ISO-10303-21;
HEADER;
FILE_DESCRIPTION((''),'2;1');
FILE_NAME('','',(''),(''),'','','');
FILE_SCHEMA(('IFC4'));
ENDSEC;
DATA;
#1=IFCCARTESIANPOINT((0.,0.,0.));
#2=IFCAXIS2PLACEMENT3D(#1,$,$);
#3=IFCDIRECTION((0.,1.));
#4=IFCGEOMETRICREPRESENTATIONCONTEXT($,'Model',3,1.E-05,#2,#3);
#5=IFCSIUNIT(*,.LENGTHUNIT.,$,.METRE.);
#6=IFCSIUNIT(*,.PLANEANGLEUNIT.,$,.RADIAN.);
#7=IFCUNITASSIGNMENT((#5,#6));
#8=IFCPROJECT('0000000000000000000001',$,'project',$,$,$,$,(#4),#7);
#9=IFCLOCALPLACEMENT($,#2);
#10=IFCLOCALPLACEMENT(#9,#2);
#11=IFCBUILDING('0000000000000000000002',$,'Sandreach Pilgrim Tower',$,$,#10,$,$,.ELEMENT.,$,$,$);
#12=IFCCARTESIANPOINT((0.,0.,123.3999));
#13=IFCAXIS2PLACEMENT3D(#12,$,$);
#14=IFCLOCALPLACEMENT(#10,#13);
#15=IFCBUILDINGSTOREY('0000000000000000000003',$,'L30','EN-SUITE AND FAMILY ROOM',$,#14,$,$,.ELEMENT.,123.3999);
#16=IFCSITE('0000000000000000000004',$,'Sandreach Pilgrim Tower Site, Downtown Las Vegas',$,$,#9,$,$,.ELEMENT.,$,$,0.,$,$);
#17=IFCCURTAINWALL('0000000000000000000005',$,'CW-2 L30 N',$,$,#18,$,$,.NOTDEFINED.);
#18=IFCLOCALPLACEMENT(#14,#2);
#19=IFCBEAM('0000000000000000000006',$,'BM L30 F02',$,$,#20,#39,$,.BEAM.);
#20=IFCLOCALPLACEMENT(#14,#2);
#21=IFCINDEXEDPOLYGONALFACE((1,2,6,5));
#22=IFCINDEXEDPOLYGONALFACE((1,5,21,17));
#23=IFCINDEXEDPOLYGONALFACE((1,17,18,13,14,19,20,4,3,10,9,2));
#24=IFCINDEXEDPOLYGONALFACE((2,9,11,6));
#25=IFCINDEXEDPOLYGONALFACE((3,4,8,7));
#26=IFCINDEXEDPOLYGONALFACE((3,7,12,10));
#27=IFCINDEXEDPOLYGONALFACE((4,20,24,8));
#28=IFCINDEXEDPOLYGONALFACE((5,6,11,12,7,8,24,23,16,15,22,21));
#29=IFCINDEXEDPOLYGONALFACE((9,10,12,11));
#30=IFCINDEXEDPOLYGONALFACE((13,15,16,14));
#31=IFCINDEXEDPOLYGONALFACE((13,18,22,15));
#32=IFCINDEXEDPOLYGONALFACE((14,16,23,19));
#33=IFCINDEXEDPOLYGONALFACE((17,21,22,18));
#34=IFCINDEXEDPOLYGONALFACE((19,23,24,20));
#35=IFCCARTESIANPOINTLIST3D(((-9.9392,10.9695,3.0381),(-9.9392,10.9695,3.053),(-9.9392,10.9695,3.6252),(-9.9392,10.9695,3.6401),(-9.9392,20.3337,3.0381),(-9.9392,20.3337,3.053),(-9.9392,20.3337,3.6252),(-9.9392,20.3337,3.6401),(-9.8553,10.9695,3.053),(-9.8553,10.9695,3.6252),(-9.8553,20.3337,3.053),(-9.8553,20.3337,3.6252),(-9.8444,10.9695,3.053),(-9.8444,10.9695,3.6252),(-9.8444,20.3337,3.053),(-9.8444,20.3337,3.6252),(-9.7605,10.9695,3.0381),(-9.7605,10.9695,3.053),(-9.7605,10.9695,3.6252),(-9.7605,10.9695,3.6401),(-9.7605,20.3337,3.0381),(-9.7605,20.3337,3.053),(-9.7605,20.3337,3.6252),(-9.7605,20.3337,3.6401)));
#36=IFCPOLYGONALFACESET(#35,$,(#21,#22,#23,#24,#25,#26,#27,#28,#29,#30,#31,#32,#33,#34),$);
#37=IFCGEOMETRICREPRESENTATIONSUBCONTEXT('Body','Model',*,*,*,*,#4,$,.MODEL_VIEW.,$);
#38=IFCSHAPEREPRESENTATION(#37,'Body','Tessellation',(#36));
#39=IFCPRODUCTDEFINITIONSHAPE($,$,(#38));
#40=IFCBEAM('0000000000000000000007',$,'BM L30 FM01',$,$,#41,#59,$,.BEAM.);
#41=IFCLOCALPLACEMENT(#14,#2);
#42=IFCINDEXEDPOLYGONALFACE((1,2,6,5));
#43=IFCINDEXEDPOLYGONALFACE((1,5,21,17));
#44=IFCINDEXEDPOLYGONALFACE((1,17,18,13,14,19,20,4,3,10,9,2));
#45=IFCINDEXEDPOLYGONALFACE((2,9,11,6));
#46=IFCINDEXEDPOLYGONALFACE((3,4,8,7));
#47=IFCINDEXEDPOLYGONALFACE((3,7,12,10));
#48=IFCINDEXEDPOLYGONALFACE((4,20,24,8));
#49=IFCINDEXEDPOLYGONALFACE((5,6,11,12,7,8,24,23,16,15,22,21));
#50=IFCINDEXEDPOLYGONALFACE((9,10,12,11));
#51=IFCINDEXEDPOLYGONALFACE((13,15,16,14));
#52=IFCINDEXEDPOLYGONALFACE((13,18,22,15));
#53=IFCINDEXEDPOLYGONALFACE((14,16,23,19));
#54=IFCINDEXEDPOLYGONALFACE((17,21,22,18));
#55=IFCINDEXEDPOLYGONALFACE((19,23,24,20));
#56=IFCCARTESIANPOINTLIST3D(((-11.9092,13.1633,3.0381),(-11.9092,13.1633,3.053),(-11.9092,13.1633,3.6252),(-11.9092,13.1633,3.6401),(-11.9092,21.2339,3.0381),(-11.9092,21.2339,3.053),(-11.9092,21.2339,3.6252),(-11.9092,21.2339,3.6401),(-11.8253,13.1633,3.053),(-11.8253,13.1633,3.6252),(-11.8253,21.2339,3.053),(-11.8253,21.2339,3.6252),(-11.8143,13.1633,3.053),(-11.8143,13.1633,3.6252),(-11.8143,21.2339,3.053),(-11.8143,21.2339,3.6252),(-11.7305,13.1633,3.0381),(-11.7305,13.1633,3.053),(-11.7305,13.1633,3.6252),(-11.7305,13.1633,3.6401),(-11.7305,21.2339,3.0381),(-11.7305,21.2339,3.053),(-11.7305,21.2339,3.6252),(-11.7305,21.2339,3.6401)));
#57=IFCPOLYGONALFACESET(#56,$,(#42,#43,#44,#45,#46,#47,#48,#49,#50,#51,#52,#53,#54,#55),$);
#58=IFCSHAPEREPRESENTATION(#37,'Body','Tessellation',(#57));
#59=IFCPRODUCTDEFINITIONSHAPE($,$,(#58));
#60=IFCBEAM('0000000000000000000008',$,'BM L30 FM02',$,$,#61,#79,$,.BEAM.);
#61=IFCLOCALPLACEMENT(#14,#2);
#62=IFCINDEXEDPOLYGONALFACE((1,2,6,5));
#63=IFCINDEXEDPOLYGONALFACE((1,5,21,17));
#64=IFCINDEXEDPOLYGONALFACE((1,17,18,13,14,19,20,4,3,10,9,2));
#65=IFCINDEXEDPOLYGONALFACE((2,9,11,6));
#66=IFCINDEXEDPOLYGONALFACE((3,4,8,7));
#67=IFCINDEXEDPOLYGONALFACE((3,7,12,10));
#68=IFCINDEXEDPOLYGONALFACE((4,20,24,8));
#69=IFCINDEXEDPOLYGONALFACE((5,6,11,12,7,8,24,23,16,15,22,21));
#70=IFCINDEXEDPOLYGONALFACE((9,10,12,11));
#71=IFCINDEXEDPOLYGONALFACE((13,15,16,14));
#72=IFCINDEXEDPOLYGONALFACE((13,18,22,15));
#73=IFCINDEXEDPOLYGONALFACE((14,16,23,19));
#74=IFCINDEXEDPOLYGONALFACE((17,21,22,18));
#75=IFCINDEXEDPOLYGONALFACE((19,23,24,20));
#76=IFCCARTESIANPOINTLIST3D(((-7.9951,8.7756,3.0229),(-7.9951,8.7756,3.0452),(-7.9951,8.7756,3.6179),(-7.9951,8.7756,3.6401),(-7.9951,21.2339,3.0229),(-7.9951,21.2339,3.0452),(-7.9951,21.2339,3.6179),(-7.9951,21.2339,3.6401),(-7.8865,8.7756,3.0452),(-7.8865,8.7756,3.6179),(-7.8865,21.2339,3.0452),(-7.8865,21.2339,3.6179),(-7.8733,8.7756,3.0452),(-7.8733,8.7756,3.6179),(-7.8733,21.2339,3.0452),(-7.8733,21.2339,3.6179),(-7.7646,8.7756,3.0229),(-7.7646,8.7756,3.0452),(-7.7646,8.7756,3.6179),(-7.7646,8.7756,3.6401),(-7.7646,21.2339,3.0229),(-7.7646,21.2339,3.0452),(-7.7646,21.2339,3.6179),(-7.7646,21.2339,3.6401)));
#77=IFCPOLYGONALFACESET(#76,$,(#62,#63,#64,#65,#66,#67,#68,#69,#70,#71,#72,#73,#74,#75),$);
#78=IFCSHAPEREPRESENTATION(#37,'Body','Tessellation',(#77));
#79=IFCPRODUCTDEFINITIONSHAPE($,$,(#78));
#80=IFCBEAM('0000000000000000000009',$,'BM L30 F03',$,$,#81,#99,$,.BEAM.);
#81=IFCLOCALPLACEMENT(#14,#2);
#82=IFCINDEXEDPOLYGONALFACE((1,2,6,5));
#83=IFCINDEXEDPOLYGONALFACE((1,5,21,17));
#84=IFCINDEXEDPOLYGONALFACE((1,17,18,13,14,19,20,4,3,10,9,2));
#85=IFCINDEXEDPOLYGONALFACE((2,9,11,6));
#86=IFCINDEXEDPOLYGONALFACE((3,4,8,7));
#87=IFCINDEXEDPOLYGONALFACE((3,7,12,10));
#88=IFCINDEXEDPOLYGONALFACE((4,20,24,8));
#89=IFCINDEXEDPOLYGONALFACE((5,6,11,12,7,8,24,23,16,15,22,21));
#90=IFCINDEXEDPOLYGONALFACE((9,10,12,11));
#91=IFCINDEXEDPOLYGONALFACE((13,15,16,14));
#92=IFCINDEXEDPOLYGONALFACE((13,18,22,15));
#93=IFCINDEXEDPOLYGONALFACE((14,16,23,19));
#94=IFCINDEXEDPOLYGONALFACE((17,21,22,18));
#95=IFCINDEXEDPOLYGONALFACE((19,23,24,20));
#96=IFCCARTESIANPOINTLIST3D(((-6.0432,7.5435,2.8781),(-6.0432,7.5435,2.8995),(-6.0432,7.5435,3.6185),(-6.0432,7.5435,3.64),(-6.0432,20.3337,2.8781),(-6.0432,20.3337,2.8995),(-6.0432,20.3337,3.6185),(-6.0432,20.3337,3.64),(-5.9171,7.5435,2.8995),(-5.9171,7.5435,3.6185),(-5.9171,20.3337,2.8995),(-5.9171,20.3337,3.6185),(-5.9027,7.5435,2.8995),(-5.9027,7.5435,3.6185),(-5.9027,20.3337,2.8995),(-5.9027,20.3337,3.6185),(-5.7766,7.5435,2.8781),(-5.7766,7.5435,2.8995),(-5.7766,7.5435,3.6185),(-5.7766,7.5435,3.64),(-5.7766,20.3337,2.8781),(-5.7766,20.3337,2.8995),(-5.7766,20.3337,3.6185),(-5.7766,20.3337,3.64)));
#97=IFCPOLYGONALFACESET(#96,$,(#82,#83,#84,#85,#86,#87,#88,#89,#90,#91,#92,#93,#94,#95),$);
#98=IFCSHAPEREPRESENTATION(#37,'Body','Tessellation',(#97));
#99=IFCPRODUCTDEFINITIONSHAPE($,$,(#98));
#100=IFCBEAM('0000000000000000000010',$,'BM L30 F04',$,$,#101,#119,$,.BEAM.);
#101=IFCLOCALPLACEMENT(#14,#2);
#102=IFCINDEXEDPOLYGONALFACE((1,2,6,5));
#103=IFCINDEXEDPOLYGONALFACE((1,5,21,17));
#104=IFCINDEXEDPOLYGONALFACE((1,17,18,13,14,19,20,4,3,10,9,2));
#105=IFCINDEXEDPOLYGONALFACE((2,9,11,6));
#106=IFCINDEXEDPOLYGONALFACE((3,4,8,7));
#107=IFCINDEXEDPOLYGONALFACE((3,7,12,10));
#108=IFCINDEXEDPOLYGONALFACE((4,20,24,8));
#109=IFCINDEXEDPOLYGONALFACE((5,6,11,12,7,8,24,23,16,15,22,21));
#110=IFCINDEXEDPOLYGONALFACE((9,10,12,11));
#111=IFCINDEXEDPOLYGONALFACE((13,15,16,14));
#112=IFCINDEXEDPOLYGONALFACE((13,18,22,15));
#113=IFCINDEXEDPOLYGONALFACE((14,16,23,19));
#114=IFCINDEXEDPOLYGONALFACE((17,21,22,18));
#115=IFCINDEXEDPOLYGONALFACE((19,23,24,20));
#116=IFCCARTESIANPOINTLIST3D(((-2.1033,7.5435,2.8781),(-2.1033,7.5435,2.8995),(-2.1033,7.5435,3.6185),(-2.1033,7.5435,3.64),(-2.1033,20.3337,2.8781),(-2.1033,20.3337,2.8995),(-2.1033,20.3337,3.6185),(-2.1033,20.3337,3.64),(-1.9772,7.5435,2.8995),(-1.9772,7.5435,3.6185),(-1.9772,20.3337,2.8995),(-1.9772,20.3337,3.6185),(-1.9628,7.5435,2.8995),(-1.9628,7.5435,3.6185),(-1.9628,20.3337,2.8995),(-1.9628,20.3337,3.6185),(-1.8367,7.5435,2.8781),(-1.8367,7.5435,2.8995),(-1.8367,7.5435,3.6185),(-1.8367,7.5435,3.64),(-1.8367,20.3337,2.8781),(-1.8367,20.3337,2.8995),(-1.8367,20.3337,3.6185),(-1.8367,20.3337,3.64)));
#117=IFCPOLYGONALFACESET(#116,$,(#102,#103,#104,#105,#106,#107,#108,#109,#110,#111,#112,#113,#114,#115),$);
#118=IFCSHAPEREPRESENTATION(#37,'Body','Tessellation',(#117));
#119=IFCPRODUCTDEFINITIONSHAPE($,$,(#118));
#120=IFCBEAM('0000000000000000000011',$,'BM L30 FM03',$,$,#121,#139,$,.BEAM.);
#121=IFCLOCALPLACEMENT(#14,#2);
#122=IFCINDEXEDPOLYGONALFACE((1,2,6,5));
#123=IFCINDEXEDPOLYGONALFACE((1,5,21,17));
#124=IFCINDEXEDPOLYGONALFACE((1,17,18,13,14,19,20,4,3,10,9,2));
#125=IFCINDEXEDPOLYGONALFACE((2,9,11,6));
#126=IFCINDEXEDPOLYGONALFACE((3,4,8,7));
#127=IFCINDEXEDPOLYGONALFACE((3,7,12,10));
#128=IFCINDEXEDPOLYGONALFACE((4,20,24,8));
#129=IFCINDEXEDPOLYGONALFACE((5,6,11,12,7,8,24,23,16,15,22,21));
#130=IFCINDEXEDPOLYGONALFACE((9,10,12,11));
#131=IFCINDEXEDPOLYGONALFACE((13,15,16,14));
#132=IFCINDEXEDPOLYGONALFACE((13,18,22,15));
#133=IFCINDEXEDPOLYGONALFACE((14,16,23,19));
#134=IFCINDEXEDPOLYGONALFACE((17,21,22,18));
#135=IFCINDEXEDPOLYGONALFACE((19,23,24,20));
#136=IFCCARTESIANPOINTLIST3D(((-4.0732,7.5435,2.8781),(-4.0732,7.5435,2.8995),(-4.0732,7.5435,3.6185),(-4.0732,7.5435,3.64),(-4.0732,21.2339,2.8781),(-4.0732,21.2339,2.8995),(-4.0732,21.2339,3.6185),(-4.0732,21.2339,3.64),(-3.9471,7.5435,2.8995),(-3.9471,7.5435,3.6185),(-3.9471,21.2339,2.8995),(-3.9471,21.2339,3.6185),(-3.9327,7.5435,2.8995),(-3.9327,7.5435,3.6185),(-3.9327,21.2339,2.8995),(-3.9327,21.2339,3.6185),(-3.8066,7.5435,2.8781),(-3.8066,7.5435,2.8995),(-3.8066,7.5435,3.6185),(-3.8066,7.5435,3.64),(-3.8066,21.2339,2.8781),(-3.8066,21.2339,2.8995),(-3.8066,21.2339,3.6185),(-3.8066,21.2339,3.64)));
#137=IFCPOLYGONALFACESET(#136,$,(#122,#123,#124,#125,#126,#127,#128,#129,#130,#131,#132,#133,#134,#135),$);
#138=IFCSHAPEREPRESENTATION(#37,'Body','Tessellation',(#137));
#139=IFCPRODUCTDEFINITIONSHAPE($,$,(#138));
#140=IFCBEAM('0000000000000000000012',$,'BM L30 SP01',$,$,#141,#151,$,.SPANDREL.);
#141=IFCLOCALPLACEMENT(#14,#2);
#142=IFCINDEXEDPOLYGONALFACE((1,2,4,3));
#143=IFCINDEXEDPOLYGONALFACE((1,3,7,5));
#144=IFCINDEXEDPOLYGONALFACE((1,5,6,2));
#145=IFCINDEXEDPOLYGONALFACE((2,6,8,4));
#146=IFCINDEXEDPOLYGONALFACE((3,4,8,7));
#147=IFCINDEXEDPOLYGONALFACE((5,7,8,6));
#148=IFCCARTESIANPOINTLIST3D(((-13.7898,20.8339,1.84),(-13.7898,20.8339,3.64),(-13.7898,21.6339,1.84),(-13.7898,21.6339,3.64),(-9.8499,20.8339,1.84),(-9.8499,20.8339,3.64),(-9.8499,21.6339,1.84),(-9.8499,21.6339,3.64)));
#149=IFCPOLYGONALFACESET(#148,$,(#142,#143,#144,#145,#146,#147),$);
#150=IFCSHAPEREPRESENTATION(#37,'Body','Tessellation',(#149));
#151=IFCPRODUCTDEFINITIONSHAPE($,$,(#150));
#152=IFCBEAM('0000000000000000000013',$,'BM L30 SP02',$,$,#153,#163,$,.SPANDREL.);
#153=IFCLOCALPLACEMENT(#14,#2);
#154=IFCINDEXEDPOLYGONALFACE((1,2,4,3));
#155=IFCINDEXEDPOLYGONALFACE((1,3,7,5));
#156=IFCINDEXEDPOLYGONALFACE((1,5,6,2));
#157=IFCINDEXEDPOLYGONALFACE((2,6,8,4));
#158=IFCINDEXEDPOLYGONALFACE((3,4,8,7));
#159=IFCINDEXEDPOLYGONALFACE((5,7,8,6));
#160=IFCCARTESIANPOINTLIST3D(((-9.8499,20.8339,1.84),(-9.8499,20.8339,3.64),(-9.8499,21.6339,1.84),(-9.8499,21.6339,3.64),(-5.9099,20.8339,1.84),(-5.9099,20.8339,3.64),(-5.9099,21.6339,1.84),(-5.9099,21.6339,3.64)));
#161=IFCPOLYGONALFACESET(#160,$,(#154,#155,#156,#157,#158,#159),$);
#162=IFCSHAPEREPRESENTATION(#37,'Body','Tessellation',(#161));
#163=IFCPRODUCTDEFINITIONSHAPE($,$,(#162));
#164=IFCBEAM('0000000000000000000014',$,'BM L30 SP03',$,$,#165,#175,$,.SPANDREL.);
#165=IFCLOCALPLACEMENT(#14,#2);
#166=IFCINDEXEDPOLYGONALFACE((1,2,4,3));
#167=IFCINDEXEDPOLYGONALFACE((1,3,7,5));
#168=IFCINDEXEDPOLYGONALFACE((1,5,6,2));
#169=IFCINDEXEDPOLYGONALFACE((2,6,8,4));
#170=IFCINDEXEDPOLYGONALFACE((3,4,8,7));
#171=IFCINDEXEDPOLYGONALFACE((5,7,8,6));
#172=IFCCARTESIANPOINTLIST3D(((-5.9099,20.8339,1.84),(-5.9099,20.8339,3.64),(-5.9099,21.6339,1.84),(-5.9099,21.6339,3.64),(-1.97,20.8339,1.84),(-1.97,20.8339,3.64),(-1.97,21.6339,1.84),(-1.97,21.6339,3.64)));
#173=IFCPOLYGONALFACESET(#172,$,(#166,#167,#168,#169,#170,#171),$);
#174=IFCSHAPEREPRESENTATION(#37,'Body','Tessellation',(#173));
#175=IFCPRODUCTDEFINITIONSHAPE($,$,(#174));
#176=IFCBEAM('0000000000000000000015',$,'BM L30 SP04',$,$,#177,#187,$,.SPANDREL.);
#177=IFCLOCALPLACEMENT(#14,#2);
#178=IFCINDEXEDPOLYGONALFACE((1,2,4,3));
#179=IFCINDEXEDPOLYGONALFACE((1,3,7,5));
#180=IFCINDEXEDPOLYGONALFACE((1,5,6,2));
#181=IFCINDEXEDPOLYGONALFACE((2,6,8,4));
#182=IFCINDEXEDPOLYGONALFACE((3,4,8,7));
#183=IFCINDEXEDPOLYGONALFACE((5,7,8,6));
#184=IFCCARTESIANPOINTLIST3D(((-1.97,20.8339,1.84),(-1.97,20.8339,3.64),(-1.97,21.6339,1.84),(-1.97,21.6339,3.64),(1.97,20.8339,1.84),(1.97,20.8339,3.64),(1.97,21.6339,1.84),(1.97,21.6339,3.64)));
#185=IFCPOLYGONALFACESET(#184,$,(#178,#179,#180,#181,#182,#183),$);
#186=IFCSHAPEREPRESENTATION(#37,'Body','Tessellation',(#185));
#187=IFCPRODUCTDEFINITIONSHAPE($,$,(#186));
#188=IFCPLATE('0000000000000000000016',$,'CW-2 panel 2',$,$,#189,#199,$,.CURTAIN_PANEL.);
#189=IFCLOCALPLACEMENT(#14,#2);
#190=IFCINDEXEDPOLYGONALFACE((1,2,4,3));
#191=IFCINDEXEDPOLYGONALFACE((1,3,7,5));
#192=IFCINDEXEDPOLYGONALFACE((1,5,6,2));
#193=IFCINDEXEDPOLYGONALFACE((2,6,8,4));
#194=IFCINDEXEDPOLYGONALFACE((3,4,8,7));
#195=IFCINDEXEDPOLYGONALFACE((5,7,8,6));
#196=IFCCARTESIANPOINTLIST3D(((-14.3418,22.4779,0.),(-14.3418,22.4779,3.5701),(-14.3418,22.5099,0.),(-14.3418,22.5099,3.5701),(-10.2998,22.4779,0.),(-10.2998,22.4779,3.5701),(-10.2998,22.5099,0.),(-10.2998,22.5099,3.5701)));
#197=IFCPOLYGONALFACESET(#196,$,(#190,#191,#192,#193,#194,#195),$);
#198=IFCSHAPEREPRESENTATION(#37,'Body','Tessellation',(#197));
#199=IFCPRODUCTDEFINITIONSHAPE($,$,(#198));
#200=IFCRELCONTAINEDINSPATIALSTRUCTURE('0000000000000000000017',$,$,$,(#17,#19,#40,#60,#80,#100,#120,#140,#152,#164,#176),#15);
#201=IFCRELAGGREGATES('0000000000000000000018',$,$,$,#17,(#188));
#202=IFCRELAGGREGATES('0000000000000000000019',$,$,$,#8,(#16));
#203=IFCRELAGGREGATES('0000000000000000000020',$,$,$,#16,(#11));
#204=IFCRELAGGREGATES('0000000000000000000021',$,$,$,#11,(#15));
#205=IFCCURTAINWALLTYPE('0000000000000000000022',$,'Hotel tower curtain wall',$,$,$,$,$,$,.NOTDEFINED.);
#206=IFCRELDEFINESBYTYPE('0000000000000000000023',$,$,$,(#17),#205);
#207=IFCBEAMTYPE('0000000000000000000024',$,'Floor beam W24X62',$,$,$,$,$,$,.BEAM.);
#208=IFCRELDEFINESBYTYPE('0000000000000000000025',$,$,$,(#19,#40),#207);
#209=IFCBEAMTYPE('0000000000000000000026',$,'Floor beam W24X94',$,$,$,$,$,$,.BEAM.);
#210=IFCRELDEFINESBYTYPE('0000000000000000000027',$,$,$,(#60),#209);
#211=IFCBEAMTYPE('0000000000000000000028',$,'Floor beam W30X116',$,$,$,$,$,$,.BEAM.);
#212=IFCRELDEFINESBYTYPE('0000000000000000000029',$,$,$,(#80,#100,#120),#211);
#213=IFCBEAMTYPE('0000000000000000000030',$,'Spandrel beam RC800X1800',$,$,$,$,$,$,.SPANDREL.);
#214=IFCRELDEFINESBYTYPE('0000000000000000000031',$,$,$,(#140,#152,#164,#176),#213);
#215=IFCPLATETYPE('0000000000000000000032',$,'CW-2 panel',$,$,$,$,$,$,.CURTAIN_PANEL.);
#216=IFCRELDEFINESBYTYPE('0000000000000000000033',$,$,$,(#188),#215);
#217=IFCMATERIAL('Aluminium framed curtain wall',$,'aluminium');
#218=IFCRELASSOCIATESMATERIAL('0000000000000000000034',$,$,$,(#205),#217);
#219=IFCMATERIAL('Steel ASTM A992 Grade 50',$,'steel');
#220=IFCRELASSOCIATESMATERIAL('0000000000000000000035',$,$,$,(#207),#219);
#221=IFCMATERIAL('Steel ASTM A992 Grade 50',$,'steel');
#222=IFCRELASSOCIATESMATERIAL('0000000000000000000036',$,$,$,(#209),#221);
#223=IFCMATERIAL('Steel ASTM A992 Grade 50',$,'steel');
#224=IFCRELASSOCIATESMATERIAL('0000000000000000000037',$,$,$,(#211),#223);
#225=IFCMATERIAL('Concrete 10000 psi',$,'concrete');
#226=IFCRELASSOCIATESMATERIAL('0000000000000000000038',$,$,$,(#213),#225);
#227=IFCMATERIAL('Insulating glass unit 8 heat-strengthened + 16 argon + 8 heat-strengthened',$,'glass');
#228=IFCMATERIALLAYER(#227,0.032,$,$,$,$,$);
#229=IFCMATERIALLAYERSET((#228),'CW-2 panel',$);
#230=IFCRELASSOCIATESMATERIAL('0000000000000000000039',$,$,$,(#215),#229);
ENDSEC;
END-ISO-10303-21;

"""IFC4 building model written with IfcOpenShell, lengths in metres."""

from ifc_helpers import new_model, si_unit, direction, frame, origin, origin_2d, place, context, subcontext, project, spatial, rectangle, i_section, extrude, material, layer, layer_set, material_profile, profile_set, type_object, element, aggregate, save


model = new_model("IFC4")

# Units and contexts
model_context = context("Model", 3, precision=1e-05, world=origin(), true_north=direction((0.0, 1.0)))
body_context = subcontext(model_context, "Body", "Model", "MODEL_VIEW")
ifc_project = project(units=[si_unit("LENGTHUNIT", "METRE"), si_unit("PLANEANGLEUNIT", "RADIAN")], contexts=[model_context])

# Site, building, storey
site_placement = place(None, origin())
site = spatial("IfcSite", under=ifc_project, at=site_placement, Name="Sandreach Pilgrim Tower Site, Downtown Las Vegas", CompositionType="ELEMENT", RefElevation=0.0)
building_placement = place(site_placement, origin())
building = spatial("IfcBuilding", under=site, at=building_placement, Name="Sandreach Pilgrim Tower", CompositionType="ELEMENT")
storey_placement = place(building_placement, frame((0.0, 0.0, 123.3999)))
storey = spatial("IfcBuildingStorey", under=building, at=storey_placement, Name="L30", Description="EN-SUITE AND FAMILY ROOM", CompositionType="ELEMENT", Elevation=123.3999)

# Curtain wall
ifc_material_1 = material(Name="Aluminium framed curtain wall", Category="aluminium")
curtain_wall_type = type_object("IfcCurtainWallType", Name="Hotel tower curtain wall", PredefinedType="NOTDEFINED", material=ifc_material_1)
curtain_wall_placement = place(storey_placement, origin())
curtain_wall = element("IfcCurtainWall", 1, at=curtain_wall_placement, inside=storey, type_object=curtain_wall_type, Name="CW-2 L30 N", PredefinedType="NOTDEFINED")

# Beams
ifc_material_2 = material(Name="Steel ASTM A992 Grade 50", Category="steel")
ifc_material_profile_1 = material_profile(ifc_material_2, i_section(OverallWidth=0.1787, OverallDepth=0.6021, WebThickness=0.011, FlangeThickness=0.0149, at=origin_2d()), Name="W24X62")
ifc_profile_set_1 = profile_set([ifc_material_profile_1], Name="Steel ASTM A992 Grade 50")
beam_type_1 = type_object("IfcBeamType", Name="Floor beam W24X62", PredefinedType="BEAM", material=ifc_profile_set_1)
beam_1_placement = place(storey_placement, frame((-9.8499, 20.3337, 3.3391), z_axis=(0.0, -1.0, 0.0), x_axis=(1.0, 0.0, 0.0)))
element("IfcBeam", 2, at=beam_1_placement, inside=storey, type_object=beam_type_1, Name="BM L30 F02", PredefinedType="BEAM", context=body_context, shape_type="SweptSolid", body=[
    extrude(i_section(OverallWidth=0.1787, OverallDepth=0.6021, WebThickness=0.011, FlangeThickness=0.0149, at=origin_2d()), origin(), (0.0, 0.0, 1.0), 9.3643),
])
beam_2_placement = place(storey_placement, frame((-11.8198, 21.2339, 3.3391), z_axis=(0.0, -1.0, 0.0), x_axis=(1.0, 0.0, 0.0)))
element("IfcBeam", 3, at=beam_2_placement, inside=storey, type_object=beam_type_1, Name="BM L30 FM01", PredefinedType="BEAM", context=body_context, shape_type="SweptSolid", body=[
    extrude(i_section(OverallWidth=0.1787, OverallDepth=0.6021, WebThickness=0.011, FlangeThickness=0.0149, at=origin_2d()), origin(), (0.0, 0.0, 1.0), 8.0706),
])
ifc_material_3 = material(Name="Steel ASTM A992 Grade 50", Category="steel")
ifc_material_profile_2 = material_profile(ifc_material_3, i_section(OverallWidth=0.2305, OverallDepth=0.6172, WebThickness=0.0132, FlangeThickness=0.0222, at=origin_2d()), Name="W24X94")
ifc_profile_set_2 = profile_set([ifc_material_profile_2], Name="Steel ASTM A992 Grade 50")
beam_type_2 = type_object("IfcBeamType", Name="Floor beam W24X94", PredefinedType="BEAM", material=ifc_profile_set_2)
beam_3_placement = place(storey_placement, frame((-7.8799, 21.2339, 3.3315), z_axis=(0.0, -1.0, 0.0), x_axis=(1.0, 0.0, 0.0)))
element("IfcBeam", 4, at=beam_3_placement, inside=storey, type_object=beam_type_2, Name="BM L30 FM02", PredefinedType="BEAM", context=body_context, shape_type="SweptSolid", body=[
    extrude(i_section(OverallWidth=0.2305, OverallDepth=0.6172, WebThickness=0.0132, FlangeThickness=0.0222, at=origin_2d()), origin(), (0.0, 0.0, 1.0), 12.4583),
])
ifc_material_4 = material(Name="Steel ASTM A992 Grade 50", Category="steel")
ifc_material_profile_3 = material_profile(ifc_material_4, i_section(OverallWidth=0.2666, OverallDepth=0.762, WebThickness=0.0144, FlangeThickness=0.0215, at=origin_2d()), Name="W30X116")
ifc_profile_set_3 = profile_set([ifc_material_profile_3], Name="Steel ASTM A992 Grade 50")
beam_type_3 = type_object("IfcBeamType", Name="Floor beam W30X116", PredefinedType="BEAM", material=ifc_profile_set_3)
for number, where, z_axis, x_axis, name in (
    (5, (-5.9099, 20.3337, 3.259), (0.0, -1.0, 0.0), (1.0, 0.0, 0.0), "BM L30 F03"),
    (6, (-1.97, 20.3337, 3.259), (0.0, -1.0, 0.0), (1.0, 0.0, 0.0), "BM L30 F04"),
):
    element("IfcBeam", number, at=place(storey_placement, frame(where, z_axis=z_axis, x_axis=x_axis)), inside=storey, type_object=beam_type_3, Name=name, PredefinedType="BEAM", context=body_context, shape_type="SweptSolid", body=[
        extrude(i_section(OverallWidth=0.2666, OverallDepth=0.762, WebThickness=0.0144, FlangeThickness=0.0215, at=origin_2d()), origin(), (0.0, 0.0, 1.0), 12.7903),
    ])
beam_4_placement = place(storey_placement, frame((-3.9399, 21.2339, 3.259), z_axis=(0.0, -1.0, 0.0), x_axis=(1.0, 0.0, 0.0)))
element("IfcBeam", 7, at=beam_4_placement, inside=storey, type_object=beam_type_3, Name="BM L30 FM03", PredefinedType="BEAM", context=body_context, shape_type="SweptSolid", body=[
    extrude(i_section(OverallWidth=0.2666, OverallDepth=0.762, WebThickness=0.0144, FlangeThickness=0.0215, at=origin_2d()), origin(), (0.0, 0.0, 1.0), 13.6904),
])
ifc_material_5 = material(Name="Concrete 10000 psi", Category="concrete")
ifc_material_profile_4 = material_profile(ifc_material_5, rectangle(XDim=0.8, YDim=1.8, at=origin_2d()), Name="RC800X1800")
ifc_profile_set_4 = profile_set([ifc_material_profile_4], Name="Concrete 10000 psi")
beam_type_4 = type_object("IfcBeamType", Name="Spandrel beam RC800X1800", PredefinedType="SPANDREL", material=ifc_profile_set_4)
for number, where, z_axis, x_axis, name in (
    (8, (-13.7898, 21.2339, 2.74), (1.0, 0.0, 0.0), (0.0, 1.0, 0.0), "BM L30 SP01"),
    (9, (-9.8499, 21.2339, 2.74), (1.0, 0.0, 0.0), (0.0, 1.0, 0.0), "BM L30 SP02"),
    (10, (-5.9099, 21.2339, 2.74), (1.0, 0.0, 0.0), (0.0, 1.0, 0.0), "BM L30 SP03"),
    (11, (-1.97, 21.2339, 2.74), (1.0, 0.0, 0.0), (0.0, 1.0, 0.0), "BM L30 SP04"),
):
    element("IfcBeam", number, at=place(storey_placement, frame(where, z_axis=z_axis, x_axis=x_axis)), inside=storey, type_object=beam_type_4, Name=name, PredefinedType="SPANDREL", context=body_context, shape_type="SweptSolid", body=[
        extrude(rectangle(XDim=0.8, YDim=1.8, at=origin_2d()), origin(), (0.0, 0.0, 1.0), 3.9399),
    ])

# Plate
ifc_material_6 = material(Name="Insulating glass unit 8 heat-strengthened + 16 argon + 8 heat-strengthened", Category="glass")
ifc_layer_1 = layer(ifc_material_6, 0.032)
ifc_layer_set_1 = layer_set([ifc_layer_1], Name="CW-2 panel")
plate_type = type_object("IfcPlateType", Name="CW-2 panel", PredefinedType="CURTAIN_PANEL", material=ifc_layer_set_1)
plate_1_placement = place(storey_placement, frame((-12.3208, 22.4939, 0.0), z_axis=(0.0, 0.0, 1.0), x_axis=(1.0, 0.0, 0.0)))
plate_1 = element("IfcPlate", 12, at=plate_1_placement, type_object=plate_type, Name="CW-2 panel 2", PredefinedType="CURTAIN_PANEL", context=body_context, shape_type="SweptSolid", body=[
    extrude(rectangle(XDim=4.042, YDim=0.032, at=origin_2d()), origin(), (0.0, 0.0, 1.0), 3.5701),
])
aggregate(curtain_wall, [plate_1])

save(model, "model.ifc")
